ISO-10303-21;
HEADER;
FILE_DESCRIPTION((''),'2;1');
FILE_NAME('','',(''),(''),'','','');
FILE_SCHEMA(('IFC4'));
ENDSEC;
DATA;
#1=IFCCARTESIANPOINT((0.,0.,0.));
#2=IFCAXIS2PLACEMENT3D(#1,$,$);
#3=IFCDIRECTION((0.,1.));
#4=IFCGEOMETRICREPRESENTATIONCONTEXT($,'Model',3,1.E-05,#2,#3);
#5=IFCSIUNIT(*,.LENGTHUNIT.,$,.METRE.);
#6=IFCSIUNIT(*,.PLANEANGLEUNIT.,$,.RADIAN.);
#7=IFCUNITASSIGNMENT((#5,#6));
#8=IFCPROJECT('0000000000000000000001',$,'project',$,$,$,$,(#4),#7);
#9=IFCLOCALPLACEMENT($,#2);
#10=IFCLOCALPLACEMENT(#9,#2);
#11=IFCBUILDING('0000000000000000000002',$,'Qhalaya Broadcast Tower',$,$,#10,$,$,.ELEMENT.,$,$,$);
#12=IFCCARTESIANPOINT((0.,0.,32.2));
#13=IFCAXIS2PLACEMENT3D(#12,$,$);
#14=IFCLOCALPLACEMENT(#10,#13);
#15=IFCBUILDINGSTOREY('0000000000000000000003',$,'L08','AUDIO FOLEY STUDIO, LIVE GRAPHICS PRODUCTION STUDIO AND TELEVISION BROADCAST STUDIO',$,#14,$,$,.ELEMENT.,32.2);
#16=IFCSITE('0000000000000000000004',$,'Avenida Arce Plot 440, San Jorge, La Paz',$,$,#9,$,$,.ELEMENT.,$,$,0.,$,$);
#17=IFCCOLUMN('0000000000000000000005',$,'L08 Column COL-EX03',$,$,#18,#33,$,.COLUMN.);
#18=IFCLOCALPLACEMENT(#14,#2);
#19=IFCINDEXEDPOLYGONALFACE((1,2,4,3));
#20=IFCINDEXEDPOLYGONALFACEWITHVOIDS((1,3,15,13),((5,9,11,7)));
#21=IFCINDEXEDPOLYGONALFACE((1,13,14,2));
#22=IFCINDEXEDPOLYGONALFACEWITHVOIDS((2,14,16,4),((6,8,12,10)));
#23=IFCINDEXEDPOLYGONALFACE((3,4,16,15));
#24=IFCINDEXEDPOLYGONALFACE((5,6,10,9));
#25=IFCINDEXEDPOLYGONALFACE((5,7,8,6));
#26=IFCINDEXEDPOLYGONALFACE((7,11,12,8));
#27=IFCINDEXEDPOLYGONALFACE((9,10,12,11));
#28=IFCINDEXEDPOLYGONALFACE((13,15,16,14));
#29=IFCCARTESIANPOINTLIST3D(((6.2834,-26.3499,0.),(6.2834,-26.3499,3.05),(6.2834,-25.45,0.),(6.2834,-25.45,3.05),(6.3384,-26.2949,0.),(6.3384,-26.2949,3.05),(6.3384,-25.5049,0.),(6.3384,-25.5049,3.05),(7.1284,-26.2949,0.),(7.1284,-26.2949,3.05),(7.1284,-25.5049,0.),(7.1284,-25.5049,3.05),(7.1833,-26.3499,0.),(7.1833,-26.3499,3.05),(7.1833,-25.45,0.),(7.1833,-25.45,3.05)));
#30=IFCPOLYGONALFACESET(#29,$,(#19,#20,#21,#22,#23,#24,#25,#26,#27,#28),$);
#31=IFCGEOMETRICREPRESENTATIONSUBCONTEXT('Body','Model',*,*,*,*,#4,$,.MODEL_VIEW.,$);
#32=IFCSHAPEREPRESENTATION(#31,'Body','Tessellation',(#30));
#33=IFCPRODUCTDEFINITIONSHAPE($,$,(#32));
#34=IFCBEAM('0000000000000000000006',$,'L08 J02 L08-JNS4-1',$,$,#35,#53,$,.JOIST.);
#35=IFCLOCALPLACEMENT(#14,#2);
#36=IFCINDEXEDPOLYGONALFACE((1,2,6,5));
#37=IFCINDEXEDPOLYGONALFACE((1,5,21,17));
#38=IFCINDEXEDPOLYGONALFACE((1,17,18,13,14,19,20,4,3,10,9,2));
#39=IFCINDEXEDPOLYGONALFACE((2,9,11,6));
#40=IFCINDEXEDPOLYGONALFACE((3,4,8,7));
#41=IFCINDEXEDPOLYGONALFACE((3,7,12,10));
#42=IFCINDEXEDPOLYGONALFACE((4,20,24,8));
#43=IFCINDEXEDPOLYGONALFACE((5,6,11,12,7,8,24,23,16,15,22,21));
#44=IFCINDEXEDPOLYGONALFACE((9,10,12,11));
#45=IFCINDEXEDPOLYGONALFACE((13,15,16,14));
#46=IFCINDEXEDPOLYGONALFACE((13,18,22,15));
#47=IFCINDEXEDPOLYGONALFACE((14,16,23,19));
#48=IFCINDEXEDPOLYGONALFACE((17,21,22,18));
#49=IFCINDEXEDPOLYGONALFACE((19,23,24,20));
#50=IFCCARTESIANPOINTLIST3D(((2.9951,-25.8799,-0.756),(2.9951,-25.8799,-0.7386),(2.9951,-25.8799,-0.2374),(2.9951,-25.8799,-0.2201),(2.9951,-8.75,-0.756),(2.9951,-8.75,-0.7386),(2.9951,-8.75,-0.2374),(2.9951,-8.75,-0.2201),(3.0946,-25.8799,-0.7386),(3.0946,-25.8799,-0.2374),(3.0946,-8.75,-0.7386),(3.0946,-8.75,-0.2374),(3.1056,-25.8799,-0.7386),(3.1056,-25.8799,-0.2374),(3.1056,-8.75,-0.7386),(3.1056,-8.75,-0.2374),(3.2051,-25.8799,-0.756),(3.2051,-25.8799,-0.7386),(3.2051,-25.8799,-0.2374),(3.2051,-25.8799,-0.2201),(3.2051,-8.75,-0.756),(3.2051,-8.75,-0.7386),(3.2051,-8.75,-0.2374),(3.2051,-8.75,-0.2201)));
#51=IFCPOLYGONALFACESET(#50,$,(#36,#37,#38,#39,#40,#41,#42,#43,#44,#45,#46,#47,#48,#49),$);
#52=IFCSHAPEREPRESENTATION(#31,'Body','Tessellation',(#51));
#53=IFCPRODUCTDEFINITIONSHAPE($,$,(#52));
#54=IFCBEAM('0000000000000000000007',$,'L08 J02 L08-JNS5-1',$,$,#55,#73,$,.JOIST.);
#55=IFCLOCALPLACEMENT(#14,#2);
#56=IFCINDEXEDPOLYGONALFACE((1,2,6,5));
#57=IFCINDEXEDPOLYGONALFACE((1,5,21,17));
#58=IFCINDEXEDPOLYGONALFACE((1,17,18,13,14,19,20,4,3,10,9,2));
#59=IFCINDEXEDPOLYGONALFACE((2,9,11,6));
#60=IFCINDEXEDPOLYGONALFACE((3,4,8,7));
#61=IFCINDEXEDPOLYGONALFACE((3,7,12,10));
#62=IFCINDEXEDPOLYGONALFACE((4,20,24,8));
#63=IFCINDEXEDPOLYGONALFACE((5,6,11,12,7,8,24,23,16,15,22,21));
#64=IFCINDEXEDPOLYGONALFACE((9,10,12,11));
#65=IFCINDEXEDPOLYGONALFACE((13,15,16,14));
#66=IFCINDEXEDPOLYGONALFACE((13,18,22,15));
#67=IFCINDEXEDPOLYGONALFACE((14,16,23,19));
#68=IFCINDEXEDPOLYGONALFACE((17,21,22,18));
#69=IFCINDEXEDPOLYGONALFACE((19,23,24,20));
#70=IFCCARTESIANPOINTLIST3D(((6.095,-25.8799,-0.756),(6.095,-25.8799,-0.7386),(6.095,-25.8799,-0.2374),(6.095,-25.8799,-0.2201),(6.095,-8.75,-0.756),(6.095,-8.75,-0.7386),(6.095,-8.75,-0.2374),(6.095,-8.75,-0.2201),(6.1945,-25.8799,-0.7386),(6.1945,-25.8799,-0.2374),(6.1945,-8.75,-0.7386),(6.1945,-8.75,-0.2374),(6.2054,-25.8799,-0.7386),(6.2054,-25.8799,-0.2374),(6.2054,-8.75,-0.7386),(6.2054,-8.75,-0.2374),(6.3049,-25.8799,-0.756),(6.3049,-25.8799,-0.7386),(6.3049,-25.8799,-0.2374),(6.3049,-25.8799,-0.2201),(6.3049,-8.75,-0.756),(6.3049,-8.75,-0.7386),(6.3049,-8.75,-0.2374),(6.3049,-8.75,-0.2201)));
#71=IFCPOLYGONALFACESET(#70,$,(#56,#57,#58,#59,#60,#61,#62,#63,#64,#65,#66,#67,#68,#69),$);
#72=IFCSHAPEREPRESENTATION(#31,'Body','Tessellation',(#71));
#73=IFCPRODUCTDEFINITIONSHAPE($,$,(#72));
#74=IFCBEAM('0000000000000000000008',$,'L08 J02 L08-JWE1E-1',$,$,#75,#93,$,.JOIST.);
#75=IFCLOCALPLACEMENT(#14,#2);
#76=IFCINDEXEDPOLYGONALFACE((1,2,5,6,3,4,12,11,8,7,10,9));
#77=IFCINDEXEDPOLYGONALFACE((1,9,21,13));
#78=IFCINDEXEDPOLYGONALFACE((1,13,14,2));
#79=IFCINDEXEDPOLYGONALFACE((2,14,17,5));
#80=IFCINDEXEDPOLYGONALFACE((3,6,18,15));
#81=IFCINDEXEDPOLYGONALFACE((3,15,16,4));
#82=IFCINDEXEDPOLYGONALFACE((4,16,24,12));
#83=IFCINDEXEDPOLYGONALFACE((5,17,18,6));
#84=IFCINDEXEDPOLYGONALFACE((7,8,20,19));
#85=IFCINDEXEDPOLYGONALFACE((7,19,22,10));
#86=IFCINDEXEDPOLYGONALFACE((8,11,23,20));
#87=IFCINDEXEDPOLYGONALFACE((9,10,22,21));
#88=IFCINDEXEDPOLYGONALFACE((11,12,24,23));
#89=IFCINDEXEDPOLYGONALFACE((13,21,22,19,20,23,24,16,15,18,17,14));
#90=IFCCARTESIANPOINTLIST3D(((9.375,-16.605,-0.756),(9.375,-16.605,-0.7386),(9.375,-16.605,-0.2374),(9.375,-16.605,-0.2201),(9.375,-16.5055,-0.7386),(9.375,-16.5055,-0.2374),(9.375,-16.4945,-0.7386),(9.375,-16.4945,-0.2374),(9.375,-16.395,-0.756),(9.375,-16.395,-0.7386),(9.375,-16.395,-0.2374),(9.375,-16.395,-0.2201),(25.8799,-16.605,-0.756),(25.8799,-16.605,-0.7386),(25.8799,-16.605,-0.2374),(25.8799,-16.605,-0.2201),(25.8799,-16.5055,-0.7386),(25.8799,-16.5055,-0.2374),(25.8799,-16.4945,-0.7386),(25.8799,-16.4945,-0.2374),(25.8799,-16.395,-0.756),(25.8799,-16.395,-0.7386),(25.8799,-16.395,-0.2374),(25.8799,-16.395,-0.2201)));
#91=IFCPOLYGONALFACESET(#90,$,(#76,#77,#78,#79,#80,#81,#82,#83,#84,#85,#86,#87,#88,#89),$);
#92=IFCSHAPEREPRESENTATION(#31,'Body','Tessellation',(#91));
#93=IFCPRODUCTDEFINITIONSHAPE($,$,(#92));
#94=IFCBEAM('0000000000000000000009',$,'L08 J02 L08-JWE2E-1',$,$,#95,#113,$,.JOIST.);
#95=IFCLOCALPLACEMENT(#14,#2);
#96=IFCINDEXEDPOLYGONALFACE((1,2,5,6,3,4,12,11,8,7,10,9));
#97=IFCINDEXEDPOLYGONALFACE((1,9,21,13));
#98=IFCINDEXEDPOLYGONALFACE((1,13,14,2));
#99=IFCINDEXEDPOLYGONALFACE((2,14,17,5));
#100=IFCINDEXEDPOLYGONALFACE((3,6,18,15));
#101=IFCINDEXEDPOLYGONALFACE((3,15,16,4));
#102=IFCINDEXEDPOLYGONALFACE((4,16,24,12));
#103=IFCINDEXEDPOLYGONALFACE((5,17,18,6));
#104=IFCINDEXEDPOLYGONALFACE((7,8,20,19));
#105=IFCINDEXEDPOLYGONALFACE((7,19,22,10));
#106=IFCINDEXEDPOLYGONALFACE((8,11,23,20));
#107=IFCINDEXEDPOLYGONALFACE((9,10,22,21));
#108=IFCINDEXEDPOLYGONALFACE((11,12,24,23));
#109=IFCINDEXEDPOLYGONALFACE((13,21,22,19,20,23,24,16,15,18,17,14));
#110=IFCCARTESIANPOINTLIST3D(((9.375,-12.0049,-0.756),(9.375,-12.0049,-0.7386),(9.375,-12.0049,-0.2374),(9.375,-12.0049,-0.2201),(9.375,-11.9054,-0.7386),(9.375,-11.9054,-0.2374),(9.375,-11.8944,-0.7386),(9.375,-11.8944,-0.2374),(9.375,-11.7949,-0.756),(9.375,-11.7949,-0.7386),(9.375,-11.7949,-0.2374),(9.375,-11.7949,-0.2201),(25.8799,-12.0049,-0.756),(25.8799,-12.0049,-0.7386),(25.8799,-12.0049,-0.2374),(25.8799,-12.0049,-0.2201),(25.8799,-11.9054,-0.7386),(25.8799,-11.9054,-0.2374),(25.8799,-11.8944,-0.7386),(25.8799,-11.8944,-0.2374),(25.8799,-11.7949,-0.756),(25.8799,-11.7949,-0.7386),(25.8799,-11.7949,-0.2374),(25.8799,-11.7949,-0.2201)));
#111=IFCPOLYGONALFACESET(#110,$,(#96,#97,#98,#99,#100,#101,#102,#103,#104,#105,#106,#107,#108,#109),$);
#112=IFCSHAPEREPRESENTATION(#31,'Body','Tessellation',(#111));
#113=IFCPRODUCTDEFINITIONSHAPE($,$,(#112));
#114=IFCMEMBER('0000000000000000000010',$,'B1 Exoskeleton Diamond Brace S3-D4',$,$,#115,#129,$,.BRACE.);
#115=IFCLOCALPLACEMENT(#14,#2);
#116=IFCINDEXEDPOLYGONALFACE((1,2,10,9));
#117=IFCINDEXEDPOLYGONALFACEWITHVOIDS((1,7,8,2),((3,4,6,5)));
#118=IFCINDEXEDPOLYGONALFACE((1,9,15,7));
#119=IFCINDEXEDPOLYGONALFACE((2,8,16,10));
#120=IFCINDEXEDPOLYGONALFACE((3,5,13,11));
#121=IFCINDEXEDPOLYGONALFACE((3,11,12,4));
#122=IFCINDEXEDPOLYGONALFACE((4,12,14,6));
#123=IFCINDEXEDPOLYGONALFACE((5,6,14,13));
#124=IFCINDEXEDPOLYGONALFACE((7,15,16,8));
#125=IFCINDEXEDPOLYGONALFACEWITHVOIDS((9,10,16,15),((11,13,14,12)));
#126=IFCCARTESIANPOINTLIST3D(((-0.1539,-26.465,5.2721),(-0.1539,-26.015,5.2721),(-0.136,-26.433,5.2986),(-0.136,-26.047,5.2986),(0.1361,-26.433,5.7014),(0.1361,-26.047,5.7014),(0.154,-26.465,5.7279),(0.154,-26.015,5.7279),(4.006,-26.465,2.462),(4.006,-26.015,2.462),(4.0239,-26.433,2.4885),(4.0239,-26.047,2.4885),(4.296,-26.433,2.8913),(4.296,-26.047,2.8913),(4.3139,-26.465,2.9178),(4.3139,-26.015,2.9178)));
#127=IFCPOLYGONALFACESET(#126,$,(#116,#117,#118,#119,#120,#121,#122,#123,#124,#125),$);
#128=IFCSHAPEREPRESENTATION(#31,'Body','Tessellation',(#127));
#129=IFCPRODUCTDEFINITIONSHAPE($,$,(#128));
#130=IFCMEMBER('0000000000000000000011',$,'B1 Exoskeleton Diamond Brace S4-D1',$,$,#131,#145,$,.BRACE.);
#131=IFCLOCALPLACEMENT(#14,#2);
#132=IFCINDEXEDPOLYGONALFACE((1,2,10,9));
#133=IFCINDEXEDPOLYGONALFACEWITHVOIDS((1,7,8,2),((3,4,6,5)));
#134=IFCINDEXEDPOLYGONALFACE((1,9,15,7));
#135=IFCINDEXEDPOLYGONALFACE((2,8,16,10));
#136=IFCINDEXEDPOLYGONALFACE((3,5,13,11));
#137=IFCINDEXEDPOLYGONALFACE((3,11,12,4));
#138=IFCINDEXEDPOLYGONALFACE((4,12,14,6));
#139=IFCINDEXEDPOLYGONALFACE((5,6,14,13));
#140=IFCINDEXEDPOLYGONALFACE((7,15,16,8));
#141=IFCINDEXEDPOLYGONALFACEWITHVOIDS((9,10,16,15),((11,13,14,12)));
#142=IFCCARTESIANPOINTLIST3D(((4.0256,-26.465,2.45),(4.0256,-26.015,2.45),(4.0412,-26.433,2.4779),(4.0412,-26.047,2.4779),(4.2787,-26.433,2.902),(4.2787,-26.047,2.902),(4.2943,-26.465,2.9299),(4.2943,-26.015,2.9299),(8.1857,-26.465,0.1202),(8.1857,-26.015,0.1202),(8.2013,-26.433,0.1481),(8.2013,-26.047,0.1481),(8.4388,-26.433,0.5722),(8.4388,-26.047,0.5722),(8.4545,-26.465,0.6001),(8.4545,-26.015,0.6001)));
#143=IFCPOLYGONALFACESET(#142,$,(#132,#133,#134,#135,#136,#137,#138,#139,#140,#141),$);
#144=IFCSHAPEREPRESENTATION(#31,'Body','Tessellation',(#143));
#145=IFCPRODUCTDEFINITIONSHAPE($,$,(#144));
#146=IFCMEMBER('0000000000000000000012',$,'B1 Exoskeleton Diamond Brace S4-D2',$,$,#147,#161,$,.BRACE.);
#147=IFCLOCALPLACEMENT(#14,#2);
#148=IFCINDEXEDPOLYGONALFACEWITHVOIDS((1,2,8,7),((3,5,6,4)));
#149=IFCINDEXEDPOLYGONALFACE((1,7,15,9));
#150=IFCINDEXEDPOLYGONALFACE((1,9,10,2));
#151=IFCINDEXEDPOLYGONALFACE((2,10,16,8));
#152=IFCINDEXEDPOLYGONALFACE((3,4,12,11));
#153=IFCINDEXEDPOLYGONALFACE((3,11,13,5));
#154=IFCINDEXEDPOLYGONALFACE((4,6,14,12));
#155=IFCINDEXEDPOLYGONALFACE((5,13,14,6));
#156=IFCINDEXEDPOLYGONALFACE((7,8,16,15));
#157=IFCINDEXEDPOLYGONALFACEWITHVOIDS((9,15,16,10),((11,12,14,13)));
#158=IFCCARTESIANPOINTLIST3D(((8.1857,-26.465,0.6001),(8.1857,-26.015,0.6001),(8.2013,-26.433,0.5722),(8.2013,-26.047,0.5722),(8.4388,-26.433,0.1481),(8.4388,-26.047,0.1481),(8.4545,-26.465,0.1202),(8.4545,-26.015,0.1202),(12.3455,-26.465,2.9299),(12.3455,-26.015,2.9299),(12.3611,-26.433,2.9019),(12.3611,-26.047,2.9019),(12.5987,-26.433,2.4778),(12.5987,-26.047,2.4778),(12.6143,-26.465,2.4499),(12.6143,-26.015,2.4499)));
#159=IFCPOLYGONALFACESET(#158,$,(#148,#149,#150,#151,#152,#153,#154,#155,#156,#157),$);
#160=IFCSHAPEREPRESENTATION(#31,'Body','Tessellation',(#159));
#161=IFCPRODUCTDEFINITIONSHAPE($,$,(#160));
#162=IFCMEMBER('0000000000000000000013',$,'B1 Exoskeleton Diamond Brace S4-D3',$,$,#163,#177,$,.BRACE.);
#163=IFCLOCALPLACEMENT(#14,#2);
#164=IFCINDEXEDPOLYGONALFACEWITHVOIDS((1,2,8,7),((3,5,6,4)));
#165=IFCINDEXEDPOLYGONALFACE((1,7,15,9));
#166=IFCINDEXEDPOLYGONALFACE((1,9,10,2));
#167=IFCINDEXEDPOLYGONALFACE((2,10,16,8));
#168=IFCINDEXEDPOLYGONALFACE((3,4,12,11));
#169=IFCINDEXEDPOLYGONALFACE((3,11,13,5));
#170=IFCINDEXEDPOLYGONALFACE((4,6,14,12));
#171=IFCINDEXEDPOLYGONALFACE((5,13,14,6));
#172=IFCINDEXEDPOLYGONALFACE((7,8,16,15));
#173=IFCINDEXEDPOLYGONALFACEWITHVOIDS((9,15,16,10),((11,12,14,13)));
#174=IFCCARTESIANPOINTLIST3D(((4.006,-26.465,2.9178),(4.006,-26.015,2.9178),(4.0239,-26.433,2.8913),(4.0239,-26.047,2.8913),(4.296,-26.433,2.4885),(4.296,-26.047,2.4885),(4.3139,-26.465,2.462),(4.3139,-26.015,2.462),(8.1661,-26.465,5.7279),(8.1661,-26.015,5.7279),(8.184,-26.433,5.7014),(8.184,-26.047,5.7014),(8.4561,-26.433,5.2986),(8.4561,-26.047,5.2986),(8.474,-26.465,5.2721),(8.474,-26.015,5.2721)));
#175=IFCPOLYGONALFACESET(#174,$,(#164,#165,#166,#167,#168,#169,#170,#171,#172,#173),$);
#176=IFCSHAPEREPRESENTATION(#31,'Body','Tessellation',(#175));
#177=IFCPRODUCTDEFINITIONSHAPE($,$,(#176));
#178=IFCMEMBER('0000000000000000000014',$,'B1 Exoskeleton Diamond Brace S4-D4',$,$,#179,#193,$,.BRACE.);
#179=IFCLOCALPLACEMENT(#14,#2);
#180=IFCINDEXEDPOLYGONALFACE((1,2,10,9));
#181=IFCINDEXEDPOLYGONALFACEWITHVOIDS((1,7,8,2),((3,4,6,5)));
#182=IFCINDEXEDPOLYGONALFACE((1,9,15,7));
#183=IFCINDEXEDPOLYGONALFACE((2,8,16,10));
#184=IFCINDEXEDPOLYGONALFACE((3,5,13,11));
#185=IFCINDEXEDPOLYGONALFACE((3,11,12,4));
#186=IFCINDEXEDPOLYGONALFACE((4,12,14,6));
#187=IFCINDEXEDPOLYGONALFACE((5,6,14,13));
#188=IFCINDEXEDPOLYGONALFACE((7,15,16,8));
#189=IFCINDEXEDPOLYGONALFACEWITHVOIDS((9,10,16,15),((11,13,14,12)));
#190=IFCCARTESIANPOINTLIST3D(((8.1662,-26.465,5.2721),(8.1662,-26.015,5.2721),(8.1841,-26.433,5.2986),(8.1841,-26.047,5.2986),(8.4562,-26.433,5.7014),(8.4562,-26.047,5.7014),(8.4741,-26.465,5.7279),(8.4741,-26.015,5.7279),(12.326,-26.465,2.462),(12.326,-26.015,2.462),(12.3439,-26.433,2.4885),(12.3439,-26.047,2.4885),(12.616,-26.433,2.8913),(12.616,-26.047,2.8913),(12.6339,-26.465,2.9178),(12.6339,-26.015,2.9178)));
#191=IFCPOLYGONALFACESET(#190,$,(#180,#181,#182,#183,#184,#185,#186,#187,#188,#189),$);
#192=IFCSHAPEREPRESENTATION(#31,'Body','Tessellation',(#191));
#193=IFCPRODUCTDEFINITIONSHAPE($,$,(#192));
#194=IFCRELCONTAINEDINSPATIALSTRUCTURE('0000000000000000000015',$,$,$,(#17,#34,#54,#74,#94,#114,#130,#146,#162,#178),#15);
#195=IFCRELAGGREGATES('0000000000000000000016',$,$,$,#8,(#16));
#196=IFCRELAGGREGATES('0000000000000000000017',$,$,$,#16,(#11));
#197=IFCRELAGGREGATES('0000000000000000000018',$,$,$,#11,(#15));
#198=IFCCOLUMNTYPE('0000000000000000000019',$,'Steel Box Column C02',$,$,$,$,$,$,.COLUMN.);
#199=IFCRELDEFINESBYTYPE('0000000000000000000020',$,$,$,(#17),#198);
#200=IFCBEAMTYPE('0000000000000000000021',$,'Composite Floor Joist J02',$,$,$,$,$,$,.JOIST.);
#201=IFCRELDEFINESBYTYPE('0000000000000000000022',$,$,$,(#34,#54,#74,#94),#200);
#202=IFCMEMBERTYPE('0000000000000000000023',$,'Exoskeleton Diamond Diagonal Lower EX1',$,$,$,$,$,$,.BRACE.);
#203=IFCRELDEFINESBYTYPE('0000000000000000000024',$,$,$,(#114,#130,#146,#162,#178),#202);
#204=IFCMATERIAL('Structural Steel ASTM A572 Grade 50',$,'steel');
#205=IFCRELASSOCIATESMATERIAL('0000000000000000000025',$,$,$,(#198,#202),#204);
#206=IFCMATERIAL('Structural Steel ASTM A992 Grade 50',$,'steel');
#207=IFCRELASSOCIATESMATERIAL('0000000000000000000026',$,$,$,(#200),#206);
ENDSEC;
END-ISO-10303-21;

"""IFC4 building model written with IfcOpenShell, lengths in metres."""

from ifc_helpers import new_model, si_unit, direction, frame, origin, origin_2d, place, context, subcontext, project, spatial, hollow_rectangle, i_section, extrude, material, material_profile, profile_set, type_object, element, save


model = new_model("IFC4")

# Units and contexts
model_context = context("Model", 3, precision=1e-05, world=origin(), true_north=direction((0.0, 1.0)))
body_context = subcontext(model_context, "Body", "Model", "MODEL_VIEW")
ifc_project = project(units=[si_unit("LENGTHUNIT", "METRE"), si_unit("PLANEANGLEUNIT", "RADIAN")], contexts=[model_context])

# Site, building, storey
site_placement = place(None, origin())
site = spatial("IfcSite", under=ifc_project, at=site_placement, Name="Avenida Arce Plot 440, San Jorge, La Paz", CompositionType="ELEMENT", RefElevation=0.0)
building_placement = place(site_placement, origin())
building = spatial("IfcBuilding", under=site, at=building_placement, Name="Qhalaya Broadcast Tower", CompositionType="ELEMENT")
storey_placement = place(building_placement, frame((0.0, 0.0, 32.2)))
storey = spatial("IfcBuildingStorey", under=building, at=storey_placement, Name="L08", Description="AUDIO FOLEY STUDIO, LIVE GRAPHICS PRODUCTION STUDIO AND TELEVISION BROADCAST STUDIO", CompositionType="ELEMENT", Elevation=32.2)

# Column
ifc_material_1 = material(Name="Structural Steel ASTM A572 Grade 50", Category="steel")
ifc_material_profile_1 = material_profile(ifc_material_1, hollow_rectangle(XDim=0.8999, YDim=0.8999, WallThickness=0.0549, at=origin_2d()), Name="BOX 900x900x55")
ifc_profile_set_1 = profile_set([ifc_material_profile_1], Name="Structural Steel ASTM A572 Grade 50")
column_type = type_object("IfcColumnType", Name="Steel Box Column C02", PredefinedType="COLUMN", material=ifc_profile_set_1)
column_placement = place(storey_placement, frame((6.7334, -25.8999, 0.0), z_axis=(0.0, 0.0, 1.0), x_axis=(1.0, 0.0, 0.0)))
element("IfcColumn", 1, at=column_placement, inside=storey, type_object=column_type, Name="L08 Column COL-EX03", PredefinedType="COLUMN", context=body_context, shape_type="SweptSolid", body=[
    extrude(hollow_rectangle(XDim=0.8999, YDim=0.8999, WallThickness=0.0549, at=origin_2d()), origin(), (0.0, 0.0, 1.0), 3.05),
])

# Beams
ifc_material_2 = material(Name="Structural Steel ASTM A992 Grade 50", Category="steel")
ifc_material_profile_2 = material_profile(ifc_material_2, i_section(OverallWidth=0.21, OverallDepth=0.5359, WebThickness=0.011, FlangeThickness=0.0173, at=origin_2d()), Name="W21X68")
ifc_profile_set_2 = profile_set([ifc_material_profile_2], Name="Structural Steel ASTM A992 Grade 50")
beam_type_1 = type_object("IfcBeamType", Name="Composite Floor Joist J02", PredefinedType="JOIST", material=ifc_profile_set_2)
for number, where, z_axis, x_axis, name in (
    (2, (3.1001, -25.8799, -0.488), (0.0, 1.0, 0.0), (-1.0, 0.0, 0.0), "L08 J02 L08-JNS4-1"),
    (3, (6.2, -25.8799, -0.488), (0.0, 1.0, 0.0), (-1.0, 0.0, 0.0), "L08 J02 L08-JNS5-1"),
):
    element("IfcBeam", number, at=place(storey_placement, frame(where, z_axis=z_axis, x_axis=x_axis)), inside=storey, type_object=beam_type_1, Name=name, PredefinedType="JOIST", context=body_context, shape_type="SweptSolid", body=[
        extrude(i_section(OverallWidth=0.21, OverallDepth=0.5359, WebThickness=0.011, FlangeThickness=0.0173, at=origin_2d()), origin(), (0.0, 0.0, 1.0), 17.1299),
    ])
for number, where, z_axis, x_axis, name in (
    (4, (9.375, -16.5, -0.488), (1.0, 0.0, 0.0), (0.0, 1.0, 0.0), "L08 J02 L08-JWE1E-1"),
    (5, (9.375, -11.8999, -0.488), (1.0, 0.0, 0.0), (0.0, 1.0, 0.0), "L08 J02 L08-JWE2E-1"),
):
    element("IfcBeam", number, at=place(storey_placement, frame(where, z_axis=z_axis, x_axis=x_axis)), inside=storey, type_object=beam_type_1, Name=name, PredefinedType="JOIST", context=body_context, shape_type="SweptSolid", body=[
        extrude(i_section(OverallWidth=0.21, OverallDepth=0.5359, WebThickness=0.011, FlangeThickness=0.0173, at=origin_2d()), origin(), (0.0, 0.0, 1.0), 16.5049),
    ])

# Members
ifc_material_profile_3 = material_profile(ifc_material_1, hollow_rectangle(XDim=0.45, YDim=0.55, WallThickness=0.032, at=origin_2d()), Name="BOX 450x550x32")
ifc_profile_set_3 = profile_set([ifc_material_profile_3], Name="Structural Steel ASTM A572 Grade 50")
member_type = type_object("IfcMemberType", Name="Exoskeleton Diamond Diagonal Lower EX1", PredefinedType="BRACE", material=ifc_profile_set_3)
member_1_placement = place(storey_placement, frame((4.1599, -26.24, 2.6899), z_axis=(-0.828653, 0.0, 0.559763), x_axis=(0.0, -1.0, 0.0)))
element("IfcMember", 6, at=member_1_placement, inside=storey, type_object=member_type, Name="B1 Exoskeleton Diamond Brace S3-D4", PredefinedType="BRACE", context=body_context, shape_type="SweptSolid", body=[
    extrude(hollow_rectangle(XDim=0.45, YDim=0.55, WallThickness=0.032, at=origin_2d()), origin(), (0.0, 0.0, 1.0), 5.02),
])
member_2_placement = place(storey_placement, frame((8.3201, -26.24, 0.3601), z_axis=(-0.872493, 0.0, 0.488627), x_axis=(0.0, -1.0, 0.0)))
element("IfcMember", 7, at=member_2_placement, inside=storey, type_object=member_type, Name="B1 Exoskeleton Diamond Brace S4-D1", PredefinedType="BRACE", context=body_context, shape_type="SweptSolid", body=[
    extrude(hollow_rectangle(XDim=0.45, YDim=0.55, WallThickness=0.032, at=origin_2d()), origin(), (0.0, 0.0, 1.0), 4.7681),
])
member_3_placement = place(storey_placement, frame((8.3201, -26.24, 0.3601), z_axis=(0.872481, 0.0, 0.488649), x_axis=(0.0, 1.0, 0.0)))
element("IfcMember", 8, at=member_3_placement, inside=storey, type_object=member_type, Name="B1 Exoskeleton Diamond Brace S4-D2", PredefinedType="BRACE", context=body_context, shape_type="SweptSolid", body=[
    extrude(hollow_rectangle(XDim=0.45, YDim=0.55, WallThickness=0.032, at=origin_2d()), origin(), (0.0, 0.0, 1.0), 4.7678),
])
member_4_placement = place(storey_placement, frame((4.1599, -26.24, 2.6899), z_axis=(0.828668, 0.0, 0.55974), x_axis=(0.0, 1.0, 0.0)))
element("IfcMember", 9, at=member_4_placement, inside=storey, type_object=member_type, Name="B1 Exoskeleton Diamond Brace S4-D3", PredefinedType="BRACE", context=body_context, shape_type="SweptSolid", body=[
    extrude(hollow_rectangle(XDim=0.45, YDim=0.55, WallThickness=0.032, at=origin_2d()), origin(), (0.0, 0.0, 1.0), 5.0203),
])
member_5_placement = place(storey_placement, frame((12.48, -26.24, 2.6899), z_axis=(-0.828653, 0.0, 0.559763), x_axis=(0.0, -1.0, 0.0)))
element("IfcMember", 10, at=member_5_placement, inside=storey, type_object=member_type, Name="B1 Exoskeleton Diamond Brace S4-D4", PredefinedType="BRACE", context=body_context, shape_type="SweptSolid", body=[
    extrude(hollow_rectangle(XDim=0.45, YDim=0.55, WallThickness=0.032, at=origin_2d()), origin(), (0.0, 0.0, 1.0), 5.02),
])

save(model, "model.ifc")
